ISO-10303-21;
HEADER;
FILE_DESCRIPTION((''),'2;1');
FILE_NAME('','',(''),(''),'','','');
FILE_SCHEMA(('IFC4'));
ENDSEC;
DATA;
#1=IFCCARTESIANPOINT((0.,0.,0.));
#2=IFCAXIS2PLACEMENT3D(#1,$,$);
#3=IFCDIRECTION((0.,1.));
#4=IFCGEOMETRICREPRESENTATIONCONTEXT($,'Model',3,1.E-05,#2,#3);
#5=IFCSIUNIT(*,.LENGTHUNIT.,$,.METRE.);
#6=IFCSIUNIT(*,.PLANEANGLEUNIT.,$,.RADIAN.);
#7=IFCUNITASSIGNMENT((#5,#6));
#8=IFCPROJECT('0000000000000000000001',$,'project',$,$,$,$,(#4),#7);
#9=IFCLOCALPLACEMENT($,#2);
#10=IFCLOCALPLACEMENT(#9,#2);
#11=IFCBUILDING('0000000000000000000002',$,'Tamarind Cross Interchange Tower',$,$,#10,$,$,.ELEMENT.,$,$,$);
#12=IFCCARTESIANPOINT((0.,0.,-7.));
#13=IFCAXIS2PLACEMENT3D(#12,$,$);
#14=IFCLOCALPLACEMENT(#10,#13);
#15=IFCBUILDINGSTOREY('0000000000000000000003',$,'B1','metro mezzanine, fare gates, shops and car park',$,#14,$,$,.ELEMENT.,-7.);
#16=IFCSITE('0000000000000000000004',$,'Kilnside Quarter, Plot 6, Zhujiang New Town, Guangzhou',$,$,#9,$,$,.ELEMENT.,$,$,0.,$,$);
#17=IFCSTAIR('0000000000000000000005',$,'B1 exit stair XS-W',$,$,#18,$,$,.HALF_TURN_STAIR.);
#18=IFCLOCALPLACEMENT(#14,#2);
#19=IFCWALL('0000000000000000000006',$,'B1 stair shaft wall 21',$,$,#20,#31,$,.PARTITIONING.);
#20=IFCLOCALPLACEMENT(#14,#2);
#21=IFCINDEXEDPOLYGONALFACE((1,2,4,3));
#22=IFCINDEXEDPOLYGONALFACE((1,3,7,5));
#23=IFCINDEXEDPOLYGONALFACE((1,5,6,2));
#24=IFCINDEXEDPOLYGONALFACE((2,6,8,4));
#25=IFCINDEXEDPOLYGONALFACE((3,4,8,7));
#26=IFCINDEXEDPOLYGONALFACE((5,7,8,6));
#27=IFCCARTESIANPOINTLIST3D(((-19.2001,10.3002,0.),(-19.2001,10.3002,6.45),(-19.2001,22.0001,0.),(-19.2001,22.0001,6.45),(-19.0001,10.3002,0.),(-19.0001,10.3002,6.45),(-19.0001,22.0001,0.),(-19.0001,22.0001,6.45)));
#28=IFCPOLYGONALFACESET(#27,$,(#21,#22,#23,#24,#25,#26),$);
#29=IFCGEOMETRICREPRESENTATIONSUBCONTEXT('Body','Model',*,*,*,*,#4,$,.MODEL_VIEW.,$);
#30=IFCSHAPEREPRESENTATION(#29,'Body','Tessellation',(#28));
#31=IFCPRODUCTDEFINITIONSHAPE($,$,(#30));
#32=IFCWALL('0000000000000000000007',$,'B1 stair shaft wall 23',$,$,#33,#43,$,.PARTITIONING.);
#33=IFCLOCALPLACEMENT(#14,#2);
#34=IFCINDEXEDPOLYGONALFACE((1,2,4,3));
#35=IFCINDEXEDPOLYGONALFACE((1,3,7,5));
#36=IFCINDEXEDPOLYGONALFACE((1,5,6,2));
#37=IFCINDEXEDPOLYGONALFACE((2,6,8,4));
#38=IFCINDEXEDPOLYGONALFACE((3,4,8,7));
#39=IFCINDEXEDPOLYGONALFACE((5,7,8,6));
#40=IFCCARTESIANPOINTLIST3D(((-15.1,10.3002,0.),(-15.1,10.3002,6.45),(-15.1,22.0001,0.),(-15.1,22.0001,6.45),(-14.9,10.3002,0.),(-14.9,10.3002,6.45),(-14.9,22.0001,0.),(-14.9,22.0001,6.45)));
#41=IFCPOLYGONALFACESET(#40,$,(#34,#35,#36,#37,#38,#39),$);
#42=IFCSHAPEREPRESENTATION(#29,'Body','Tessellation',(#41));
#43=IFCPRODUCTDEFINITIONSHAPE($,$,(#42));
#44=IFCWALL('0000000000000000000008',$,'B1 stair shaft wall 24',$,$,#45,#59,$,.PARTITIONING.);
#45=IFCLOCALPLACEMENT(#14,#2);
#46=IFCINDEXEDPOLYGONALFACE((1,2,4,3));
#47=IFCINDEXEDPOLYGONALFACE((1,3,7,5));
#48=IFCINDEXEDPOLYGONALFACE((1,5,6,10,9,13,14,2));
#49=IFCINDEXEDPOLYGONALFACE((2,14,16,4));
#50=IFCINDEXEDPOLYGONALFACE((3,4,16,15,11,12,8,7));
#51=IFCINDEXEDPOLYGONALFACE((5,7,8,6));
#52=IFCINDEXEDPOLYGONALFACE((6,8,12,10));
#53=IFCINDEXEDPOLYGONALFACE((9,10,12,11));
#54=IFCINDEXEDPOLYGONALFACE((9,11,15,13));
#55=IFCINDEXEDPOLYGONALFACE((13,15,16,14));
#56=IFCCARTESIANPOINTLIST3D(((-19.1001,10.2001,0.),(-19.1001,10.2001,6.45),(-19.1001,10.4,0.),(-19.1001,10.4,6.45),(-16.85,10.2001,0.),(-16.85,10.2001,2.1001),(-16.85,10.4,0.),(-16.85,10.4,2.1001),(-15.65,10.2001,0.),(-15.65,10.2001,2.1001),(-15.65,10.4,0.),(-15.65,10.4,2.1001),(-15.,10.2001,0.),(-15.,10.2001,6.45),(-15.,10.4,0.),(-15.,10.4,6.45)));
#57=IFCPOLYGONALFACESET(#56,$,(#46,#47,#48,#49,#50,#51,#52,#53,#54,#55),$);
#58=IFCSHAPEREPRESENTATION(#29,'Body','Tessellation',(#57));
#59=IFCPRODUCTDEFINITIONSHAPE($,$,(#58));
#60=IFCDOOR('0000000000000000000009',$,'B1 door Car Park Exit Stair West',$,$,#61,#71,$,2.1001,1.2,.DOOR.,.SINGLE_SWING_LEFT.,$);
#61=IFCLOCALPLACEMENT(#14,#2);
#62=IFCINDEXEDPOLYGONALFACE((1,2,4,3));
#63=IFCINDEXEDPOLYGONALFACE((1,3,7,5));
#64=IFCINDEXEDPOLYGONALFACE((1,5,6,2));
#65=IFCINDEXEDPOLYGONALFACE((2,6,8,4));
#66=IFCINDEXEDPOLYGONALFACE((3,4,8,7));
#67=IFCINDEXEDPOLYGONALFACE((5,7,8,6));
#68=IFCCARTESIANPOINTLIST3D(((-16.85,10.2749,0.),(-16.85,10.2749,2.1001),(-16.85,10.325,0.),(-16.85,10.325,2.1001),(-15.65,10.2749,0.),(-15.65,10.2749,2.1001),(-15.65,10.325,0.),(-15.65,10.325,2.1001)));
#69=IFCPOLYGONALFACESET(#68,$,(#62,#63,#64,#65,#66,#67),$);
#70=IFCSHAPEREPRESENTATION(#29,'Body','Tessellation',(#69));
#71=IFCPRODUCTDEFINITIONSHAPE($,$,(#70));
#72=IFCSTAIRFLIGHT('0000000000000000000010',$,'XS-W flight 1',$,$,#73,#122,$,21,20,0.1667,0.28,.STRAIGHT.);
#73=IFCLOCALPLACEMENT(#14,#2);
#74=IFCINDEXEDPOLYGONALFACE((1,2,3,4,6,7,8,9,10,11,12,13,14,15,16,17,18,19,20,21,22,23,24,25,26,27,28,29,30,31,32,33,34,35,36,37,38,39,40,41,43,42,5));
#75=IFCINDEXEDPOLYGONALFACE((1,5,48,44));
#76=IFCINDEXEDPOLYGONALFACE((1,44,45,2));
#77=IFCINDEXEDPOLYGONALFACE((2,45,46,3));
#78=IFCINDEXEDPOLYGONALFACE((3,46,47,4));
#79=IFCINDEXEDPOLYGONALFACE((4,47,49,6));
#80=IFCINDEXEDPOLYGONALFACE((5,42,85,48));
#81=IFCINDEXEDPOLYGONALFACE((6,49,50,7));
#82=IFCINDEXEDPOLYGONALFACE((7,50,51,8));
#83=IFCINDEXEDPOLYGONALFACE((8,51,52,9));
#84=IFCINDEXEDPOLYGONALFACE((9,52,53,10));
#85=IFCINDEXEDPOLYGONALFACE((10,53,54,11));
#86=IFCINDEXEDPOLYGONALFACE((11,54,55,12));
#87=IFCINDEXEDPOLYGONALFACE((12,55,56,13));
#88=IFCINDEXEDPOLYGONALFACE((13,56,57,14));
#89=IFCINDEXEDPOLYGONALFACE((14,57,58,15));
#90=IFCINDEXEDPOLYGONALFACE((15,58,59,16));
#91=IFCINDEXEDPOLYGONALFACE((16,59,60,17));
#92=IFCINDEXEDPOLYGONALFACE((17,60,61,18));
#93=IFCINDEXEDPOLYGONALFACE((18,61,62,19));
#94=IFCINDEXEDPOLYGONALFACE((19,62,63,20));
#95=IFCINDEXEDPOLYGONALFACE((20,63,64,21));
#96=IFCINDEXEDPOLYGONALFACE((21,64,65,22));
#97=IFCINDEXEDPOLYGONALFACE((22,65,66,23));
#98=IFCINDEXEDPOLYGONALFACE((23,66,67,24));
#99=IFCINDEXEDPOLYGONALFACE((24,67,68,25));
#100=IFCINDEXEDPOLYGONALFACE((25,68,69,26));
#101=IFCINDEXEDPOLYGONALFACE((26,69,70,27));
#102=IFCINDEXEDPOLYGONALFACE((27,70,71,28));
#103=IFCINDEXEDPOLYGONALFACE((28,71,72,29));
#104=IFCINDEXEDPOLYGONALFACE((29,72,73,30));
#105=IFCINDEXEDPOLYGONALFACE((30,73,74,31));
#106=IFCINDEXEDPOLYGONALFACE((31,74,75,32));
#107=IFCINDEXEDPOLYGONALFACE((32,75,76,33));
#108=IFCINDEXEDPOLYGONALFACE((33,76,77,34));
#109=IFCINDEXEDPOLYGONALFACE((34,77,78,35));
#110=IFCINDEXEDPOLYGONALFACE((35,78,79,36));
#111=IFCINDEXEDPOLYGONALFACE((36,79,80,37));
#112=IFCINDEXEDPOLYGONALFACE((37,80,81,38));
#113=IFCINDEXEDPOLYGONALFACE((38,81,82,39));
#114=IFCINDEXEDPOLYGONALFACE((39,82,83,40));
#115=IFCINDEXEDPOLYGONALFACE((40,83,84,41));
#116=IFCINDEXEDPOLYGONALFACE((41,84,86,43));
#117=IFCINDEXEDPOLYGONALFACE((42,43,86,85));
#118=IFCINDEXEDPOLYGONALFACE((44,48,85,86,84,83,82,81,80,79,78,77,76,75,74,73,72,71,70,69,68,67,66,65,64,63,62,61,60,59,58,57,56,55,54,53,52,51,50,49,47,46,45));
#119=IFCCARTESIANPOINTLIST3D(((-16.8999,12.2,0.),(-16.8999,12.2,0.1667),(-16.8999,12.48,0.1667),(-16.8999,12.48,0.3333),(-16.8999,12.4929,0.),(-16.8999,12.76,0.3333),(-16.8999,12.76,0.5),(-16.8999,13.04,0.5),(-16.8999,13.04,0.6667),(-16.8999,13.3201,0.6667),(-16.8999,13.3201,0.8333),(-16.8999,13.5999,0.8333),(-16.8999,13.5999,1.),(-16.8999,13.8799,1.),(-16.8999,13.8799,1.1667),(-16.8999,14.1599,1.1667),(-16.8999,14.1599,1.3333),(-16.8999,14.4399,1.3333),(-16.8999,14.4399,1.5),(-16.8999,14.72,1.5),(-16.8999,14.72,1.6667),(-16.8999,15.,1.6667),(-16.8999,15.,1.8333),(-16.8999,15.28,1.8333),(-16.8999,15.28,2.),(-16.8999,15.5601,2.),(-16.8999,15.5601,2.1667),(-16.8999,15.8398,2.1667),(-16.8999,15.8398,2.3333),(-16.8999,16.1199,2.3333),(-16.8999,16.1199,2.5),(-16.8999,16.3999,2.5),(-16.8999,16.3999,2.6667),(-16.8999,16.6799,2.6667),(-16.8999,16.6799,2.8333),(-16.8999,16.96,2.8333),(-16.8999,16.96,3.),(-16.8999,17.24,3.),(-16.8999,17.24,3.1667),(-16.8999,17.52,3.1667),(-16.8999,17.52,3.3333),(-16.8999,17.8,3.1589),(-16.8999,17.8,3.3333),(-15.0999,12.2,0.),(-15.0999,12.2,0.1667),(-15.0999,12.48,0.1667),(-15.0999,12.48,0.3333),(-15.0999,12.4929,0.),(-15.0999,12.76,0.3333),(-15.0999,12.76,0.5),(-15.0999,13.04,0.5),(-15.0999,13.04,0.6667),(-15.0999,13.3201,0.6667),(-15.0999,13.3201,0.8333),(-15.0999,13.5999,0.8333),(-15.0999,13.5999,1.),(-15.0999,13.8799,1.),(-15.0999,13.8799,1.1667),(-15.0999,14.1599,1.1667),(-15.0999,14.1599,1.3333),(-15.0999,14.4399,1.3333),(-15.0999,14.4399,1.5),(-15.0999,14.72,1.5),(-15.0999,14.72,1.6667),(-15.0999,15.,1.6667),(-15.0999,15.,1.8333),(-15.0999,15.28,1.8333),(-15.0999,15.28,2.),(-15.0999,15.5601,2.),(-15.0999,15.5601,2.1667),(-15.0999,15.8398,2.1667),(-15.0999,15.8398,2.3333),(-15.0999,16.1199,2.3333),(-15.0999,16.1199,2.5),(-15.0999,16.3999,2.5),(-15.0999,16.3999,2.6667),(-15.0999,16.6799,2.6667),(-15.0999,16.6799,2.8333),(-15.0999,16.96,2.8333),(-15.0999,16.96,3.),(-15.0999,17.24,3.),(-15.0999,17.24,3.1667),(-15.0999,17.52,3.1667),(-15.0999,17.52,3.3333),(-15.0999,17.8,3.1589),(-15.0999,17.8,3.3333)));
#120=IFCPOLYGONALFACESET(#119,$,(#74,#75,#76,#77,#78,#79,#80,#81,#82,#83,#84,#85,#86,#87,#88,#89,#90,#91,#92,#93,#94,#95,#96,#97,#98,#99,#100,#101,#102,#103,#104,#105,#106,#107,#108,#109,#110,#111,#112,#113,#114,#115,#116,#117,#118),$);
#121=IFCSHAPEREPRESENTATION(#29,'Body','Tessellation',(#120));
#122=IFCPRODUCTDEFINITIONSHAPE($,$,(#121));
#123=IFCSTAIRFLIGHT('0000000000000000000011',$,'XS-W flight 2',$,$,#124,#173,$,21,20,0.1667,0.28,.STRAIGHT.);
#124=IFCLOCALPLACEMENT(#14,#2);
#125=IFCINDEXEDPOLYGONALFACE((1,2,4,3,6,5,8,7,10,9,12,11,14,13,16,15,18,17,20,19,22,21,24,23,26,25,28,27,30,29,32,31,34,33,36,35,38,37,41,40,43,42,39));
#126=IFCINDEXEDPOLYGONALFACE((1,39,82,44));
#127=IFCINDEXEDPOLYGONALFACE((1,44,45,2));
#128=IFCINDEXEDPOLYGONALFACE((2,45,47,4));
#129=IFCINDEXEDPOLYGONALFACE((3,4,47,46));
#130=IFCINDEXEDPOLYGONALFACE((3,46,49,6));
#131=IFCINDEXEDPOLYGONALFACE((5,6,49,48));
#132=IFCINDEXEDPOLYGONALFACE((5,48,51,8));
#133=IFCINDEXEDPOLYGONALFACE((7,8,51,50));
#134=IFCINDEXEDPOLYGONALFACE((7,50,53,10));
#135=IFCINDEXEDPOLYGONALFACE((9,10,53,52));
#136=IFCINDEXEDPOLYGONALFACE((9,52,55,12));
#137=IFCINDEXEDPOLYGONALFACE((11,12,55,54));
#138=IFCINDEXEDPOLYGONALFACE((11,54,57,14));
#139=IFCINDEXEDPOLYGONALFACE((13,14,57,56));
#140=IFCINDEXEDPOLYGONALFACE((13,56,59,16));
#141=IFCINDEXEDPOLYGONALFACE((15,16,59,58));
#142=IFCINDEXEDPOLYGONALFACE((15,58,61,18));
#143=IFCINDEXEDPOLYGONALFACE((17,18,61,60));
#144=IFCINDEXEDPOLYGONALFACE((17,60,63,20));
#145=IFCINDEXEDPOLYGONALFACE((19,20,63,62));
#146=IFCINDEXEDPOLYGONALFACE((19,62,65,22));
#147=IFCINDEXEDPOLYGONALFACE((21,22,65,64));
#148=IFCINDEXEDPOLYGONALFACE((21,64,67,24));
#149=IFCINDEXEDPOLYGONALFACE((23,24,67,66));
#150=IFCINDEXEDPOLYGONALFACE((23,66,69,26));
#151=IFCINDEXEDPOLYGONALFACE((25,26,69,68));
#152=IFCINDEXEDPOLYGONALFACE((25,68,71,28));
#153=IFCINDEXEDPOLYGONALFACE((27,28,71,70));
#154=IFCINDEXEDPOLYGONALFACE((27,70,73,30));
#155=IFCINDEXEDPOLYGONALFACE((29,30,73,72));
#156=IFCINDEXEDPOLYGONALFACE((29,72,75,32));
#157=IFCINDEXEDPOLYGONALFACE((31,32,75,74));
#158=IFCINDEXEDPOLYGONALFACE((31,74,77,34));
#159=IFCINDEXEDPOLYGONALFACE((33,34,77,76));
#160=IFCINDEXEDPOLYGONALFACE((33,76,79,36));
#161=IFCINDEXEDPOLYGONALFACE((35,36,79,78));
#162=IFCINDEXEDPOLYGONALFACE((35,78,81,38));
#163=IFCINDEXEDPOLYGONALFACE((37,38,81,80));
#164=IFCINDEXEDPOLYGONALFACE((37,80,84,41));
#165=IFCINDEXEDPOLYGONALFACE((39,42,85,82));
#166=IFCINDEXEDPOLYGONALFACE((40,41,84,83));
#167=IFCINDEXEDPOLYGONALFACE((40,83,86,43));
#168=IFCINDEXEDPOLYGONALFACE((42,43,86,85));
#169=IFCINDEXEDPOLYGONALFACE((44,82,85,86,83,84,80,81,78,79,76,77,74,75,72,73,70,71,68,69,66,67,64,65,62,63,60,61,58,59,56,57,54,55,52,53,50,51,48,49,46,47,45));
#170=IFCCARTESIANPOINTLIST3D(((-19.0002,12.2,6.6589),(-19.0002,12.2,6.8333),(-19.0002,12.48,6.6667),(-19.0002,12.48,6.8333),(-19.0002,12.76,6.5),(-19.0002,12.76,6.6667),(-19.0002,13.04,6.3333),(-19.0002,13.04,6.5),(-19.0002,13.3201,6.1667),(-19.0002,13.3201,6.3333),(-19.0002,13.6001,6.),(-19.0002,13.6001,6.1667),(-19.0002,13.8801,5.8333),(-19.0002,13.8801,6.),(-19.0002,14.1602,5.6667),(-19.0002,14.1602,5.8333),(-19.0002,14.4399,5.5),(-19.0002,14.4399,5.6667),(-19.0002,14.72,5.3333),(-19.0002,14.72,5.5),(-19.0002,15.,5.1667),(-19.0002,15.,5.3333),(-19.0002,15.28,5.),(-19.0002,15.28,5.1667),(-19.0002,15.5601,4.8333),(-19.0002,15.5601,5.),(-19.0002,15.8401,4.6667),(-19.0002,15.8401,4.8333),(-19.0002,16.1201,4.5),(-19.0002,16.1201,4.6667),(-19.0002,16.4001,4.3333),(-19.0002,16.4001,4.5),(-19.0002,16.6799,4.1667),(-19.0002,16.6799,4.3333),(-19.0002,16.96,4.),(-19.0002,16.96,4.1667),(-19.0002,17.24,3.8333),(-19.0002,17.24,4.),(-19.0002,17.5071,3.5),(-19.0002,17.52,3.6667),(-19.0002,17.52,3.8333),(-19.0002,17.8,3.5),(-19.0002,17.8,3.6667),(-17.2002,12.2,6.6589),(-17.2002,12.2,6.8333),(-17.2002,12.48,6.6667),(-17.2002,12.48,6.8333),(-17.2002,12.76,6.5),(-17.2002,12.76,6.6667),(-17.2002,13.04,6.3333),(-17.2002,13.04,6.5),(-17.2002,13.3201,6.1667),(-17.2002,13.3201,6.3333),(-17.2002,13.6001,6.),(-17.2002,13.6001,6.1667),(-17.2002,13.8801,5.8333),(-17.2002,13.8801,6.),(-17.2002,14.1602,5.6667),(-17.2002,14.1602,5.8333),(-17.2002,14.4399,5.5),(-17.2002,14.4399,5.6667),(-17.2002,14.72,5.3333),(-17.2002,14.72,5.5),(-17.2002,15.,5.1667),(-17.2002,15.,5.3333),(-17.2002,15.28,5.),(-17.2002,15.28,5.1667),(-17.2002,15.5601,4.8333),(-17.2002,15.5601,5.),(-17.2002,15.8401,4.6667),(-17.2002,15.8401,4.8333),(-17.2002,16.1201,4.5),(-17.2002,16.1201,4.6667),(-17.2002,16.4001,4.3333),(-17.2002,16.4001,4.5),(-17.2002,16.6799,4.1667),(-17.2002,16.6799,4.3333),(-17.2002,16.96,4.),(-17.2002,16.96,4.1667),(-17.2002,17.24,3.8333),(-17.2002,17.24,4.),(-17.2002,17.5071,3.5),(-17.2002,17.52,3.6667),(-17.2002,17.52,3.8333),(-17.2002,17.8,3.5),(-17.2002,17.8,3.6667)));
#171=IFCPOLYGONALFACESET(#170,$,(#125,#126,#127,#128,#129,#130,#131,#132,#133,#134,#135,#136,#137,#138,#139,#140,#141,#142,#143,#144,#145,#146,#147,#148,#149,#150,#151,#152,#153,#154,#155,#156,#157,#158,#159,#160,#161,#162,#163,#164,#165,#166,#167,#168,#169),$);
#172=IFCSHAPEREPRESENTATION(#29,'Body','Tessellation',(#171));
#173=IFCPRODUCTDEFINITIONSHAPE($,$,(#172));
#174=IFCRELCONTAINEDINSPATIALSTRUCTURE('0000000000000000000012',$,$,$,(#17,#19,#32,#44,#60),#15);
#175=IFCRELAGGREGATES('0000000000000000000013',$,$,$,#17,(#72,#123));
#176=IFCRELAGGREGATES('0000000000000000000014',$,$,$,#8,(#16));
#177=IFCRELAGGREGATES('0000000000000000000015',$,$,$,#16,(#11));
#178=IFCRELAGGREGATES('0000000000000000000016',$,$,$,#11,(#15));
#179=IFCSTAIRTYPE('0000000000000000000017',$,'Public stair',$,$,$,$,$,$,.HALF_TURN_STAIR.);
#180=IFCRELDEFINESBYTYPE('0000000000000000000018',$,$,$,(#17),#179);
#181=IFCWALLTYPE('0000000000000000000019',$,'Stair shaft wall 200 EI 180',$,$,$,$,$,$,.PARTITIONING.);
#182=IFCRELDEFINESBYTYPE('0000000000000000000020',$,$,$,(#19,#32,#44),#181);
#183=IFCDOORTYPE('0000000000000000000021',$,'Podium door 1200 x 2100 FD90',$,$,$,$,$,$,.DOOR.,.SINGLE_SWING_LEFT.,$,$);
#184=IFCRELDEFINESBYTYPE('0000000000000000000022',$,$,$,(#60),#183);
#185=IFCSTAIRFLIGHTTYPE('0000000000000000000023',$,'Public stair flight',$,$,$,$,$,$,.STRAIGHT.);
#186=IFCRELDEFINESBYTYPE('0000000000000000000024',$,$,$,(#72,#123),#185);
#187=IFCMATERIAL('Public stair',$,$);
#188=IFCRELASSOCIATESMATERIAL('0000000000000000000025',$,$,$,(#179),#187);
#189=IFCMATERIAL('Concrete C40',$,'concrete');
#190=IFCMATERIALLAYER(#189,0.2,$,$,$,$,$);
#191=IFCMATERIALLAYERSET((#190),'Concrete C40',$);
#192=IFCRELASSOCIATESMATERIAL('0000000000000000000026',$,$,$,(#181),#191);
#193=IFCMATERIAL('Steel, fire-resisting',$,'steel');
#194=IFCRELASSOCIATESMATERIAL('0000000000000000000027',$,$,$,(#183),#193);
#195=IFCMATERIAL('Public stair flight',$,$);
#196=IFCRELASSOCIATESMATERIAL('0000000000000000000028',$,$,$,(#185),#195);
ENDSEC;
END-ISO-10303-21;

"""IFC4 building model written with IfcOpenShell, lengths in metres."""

from ifc_helpers import new_model, si_unit, direction, frame, frame_2d, origin, place, context, subcontext, project, spatial, polyline, rectangle, outline, extrude, material, layer, layer_set, type_object, element, fill, aggregate, save


model = new_model("IFC4")

# Units and contexts
model_context = context("Model", 3, precision=1e-05, world=origin(), true_north=direction((0.0, 1.0)))
body_context = subcontext(model_context, "Body", "Model", "MODEL_VIEW")
ifc_project = project(units=[si_unit("LENGTHUNIT", "METRE"), si_unit("PLANEANGLEUNIT", "RADIAN")], contexts=[model_context])

# Site, building, storey
site_placement = place(None, origin())
site = spatial("IfcSite", under=ifc_project, at=site_placement, Name="Kilnside Quarter, Plot 6, Zhujiang New Town, Guangzhou", CompositionType="ELEMENT", RefElevation=0.0)
building_placement = place(site_placement, origin())
building = spatial("IfcBuilding", under=site, at=building_placement, Name="Tamarind Cross Interchange Tower", CompositionType="ELEMENT")
storey_placement = place(building_placement, frame((0.0, 0.0, -7.0)))
storey = spatial("IfcBuildingStorey", under=building, at=storey_placement, Name="B1", Description="metro mezzanine, fare gates, shops and car park", CompositionType="ELEMENT", Elevation=-7.0)

# Shared definitions
ifc_material_1 = material(Name="Concrete C40", Category="concrete")

# Stair
ifc_material_2 = material(Name="Public stair")
stair_type = type_object("IfcStairType", Name="Public stair", PredefinedType="HALF_TURN_STAIR", material=ifc_material_2)
stair_1_placement = place(storey_placement, origin())
stair_1 = element("IfcStair", 1, at=stair_1_placement, inside=storey, type_object=stair_type, Name="B1 exit stair XS-W", PredefinedType="HALF_TURN_STAIR")

# Walls
ifc_layer_1 = layer(ifc_material_1, 0.2)
ifc_layer_set_1 = layer_set([ifc_layer_1], Name="Concrete C40")
wall_type_1 = type_object("IfcWallType", Name="Stair shaft wall 200 EI 180", PredefinedType="PARTITIONING", material=ifc_layer_set_1)
for number, where, z_axis, x_axis, name in (
    (2, (-19.1001, 10.3, 0.0), (0.0, 0.0, 1.0), (0.0, 1.0, 0.0), "B1 stair shaft wall 21"),
    (3, (-15.0, 10.3, 0.0), (0.0, 0.0, 1.0), (0.0, 1.0, 0.0), "B1 stair shaft wall 23"),
):
    element("IfcWall", number, at=place(storey_placement, frame(where, z_axis=z_axis, x_axis=x_axis)), inside=storey, type_object=wall_type_1, Name=name, PredefinedType="PARTITIONING", context=body_context, shape_type="SweptSolid", body=[
        extrude(rectangle(XDim=11.7, YDim=0.2, at=frame_2d((5.8501, 0.0))), origin(), (0.0, 0.0, 1.0), 6.45),
    ])

# Wall, opening, door
wall_1_placement = place(storey_placement, frame((-19.1001, 10.3, 0.0), z_axis=(0.0, 0.0, 1.0), x_axis=(1.0, 0.0, 0.0)))
wall_1 = element("IfcWall", 4, at=wall_1_placement, inside=storey, type_object=wall_type_1, Name="B1 stair shaft wall 24", PredefinedType="PARTITIONING", context=body_context, shape_type="SweptSolid", body=[
    extrude(rectangle(XDim=4.1001, YDim=0.2, at=frame_2d((2.05, 0.0))), origin(), (0.0, 0.0, 1.0), 6.45),
])
opening_placement = place(wall_1_placement, frame((2.25, 0.0, 0.0)))
opening = element("IfcOpeningElement", 5, at=opening_placement, cuts=wall_1, PredefinedType="OPENING", context=body_context, shape_type="SweptSolid", body=[
    extrude(rectangle(XDim=1.2, YDim=2.1001, at=frame_2d((0.6001, 1.05))), frame((0.0, 0.1099, 0.0), z_axis=(0.0, -1.0, 0.0), x_axis=(1.0, 0.0, 0.0)), (0.0, 0.0, 1.0), 0.22),
])
ifc_material_3 = material(Name="Steel, fire-resisting", Category="steel")
door_type = type_object("IfcDoorType", Name="Podium door 1200 x 2100 FD90", OperationType="SINGLE_SWING_LEFT", PredefinedType="DOOR", material=ifc_material_3)
door_placement = place(opening_placement, origin())
door = element("IfcDoor", 6, at=door_placement, inside=storey, type_object=door_type, Name="B1 door Car Park Exit Stair West", OperationType="SINGLE_SWING_LEFT", OverallHeight=2.1001, OverallWidth=1.2, PredefinedType="DOOR", context=body_context, shape_type="SweptSolid", body=[
    extrude(rectangle(XDim=1.2, YDim=2.1001, at=frame_2d((0.6001, 1.05))), frame((0.0, 0.0249, 0.0), z_axis=(0.0, -1.0, 0.0), x_axis=(1.0, 0.0, 0.0)), (0.0, 0.0, 1.0), 0.05),
])
fill(opening, door)

# Stair flights
ifc_material_4 = material(Name="Public stair flight")
stair_flight_type = type_object("IfcStairFlightType", Name="Public stair flight", PredefinedType="STRAIGHT", material=ifc_material_4)
stair_flight_1_placement = place(storey_placement, frame((-16.0, 12.2, 0.0), z_axis=(0.0, 0.0, 1.0), x_axis=(0.0, 1.0, 0.0)))
stair_flight_1 = element("IfcStairFlight", 7, at=stair_flight_1_placement, type_object=stair_flight_type, Name="XS-W flight 1", NumberOfRisers=21, NumberOfTreads=20, PredefinedType="STRAIGHT", RiserHeight=0.1667, TreadLength=0.28, context=body_context, shape_type="SweptSolid", body=[
    extrude(outline(polyline([(0.0, 0.0), (0.0, 0.1667), (0.28, 0.1667), (0.28, 0.3333), (0.5601, 0.3333), (0.5601, 0.5), (0.8401, 0.5), (0.8401, 0.6667), (1.1201, 0.6667), (1.1201, 0.8333), (1.3999, 0.8333), (1.3999, 1.0), (1.6799, 1.0), (1.6799, 1.1667), (1.96, 1.1667), (1.96, 1.3333), (2.24, 1.3333), (2.24, 1.5), (2.52, 1.5), (2.52, 1.6667), (2.8, 1.6667), (2.8, 1.8333), (3.0801, 1.8333), (3.0801, 2.0), (3.3601, 2.0), (3.3601, 2.1667), (3.6399, 2.1667), (3.6399, 2.3333), (3.9199, 2.3333), (3.9199, 2.5), (4.2, 2.5), (4.2, 2.6667), (4.48, 2.6667), (4.48, 2.8333), (4.76, 2.8333), (4.76, 3.0), (5.04, 3.0), (5.04, 3.1667), (5.3201, 3.1667), (5.3201, 3.3333), (5.6001, 3.3333), (5.6001, 3.5), (5.6001, 3.1589), (0.293, 0.0), (0.0, 0.0)])), frame((0.0, 0.8999, 0.0), z_axis=(0.0, -1.0, 0.0), x_axis=(1.0, 0.0, 0.0)), (0.0, 0.0, 1.0), 1.8),
])
stair_flight_2_placement = place(storey_placement, frame((-18.1001, 17.8, 3.5), z_axis=(0.0, 0.0, 1.0), x_axis=(0.0, -1.0, 0.0)))
stair_flight_2 = element("IfcStairFlight", 8, at=stair_flight_2_placement, type_object=stair_flight_type, Name="XS-W flight 2", NumberOfRisers=21, NumberOfTreads=20, PredefinedType="STRAIGHT", RiserHeight=0.1667, TreadLength=0.28, context=body_context, shape_type="SweptSolid", body=[
    extrude(outline(polyline([(0.0, 0.0), (0.0, 0.1667), (0.28, 0.1667), (0.28, 0.3333), (0.5601, 0.3333), (0.5601, 0.5), (0.8401, 0.5), (0.8401, 0.6667), (1.1201, 0.6667), (1.1201, 0.8333), (1.3999, 0.8333), (1.3999, 1.0), (1.6799, 1.0), (1.6799, 1.1667), (1.96, 1.1667), (1.96, 1.3333), (2.24, 1.3333), (2.24, 1.5), (2.52, 1.5), (2.52, 1.6667), (2.8, 1.6667), (2.8, 1.8333), (3.0801, 1.8333), (3.0801, 2.0), (3.3601, 2.0), (3.3601, 2.1667), (3.6399, 2.1667), (3.6399, 2.3333), (3.9199, 2.3333), (3.9199, 2.5), (4.2, 2.5), (4.2, 2.6667), (4.48, 2.6667), (4.48, 2.8333), (4.76, 2.8333), (4.76, 3.0), (5.04, 3.0), (5.04, 3.1667), (5.3201, 3.1667), (5.3201, 3.3333), (5.6001, 3.3333), (5.6001, 3.5), (5.6001, 3.1589), (0.293, 0.0), (0.0, 0.0)])), frame((0.0, 0.8999, 0.0), z_axis=(0.0, -1.0, 0.0), x_axis=(1.0, 0.0, 0.0)), (0.0, 0.0, 1.0), 1.8),
])
aggregate(stair_1, [stair_flight_1, stair_flight_2])

save(model, "model.ifc")
